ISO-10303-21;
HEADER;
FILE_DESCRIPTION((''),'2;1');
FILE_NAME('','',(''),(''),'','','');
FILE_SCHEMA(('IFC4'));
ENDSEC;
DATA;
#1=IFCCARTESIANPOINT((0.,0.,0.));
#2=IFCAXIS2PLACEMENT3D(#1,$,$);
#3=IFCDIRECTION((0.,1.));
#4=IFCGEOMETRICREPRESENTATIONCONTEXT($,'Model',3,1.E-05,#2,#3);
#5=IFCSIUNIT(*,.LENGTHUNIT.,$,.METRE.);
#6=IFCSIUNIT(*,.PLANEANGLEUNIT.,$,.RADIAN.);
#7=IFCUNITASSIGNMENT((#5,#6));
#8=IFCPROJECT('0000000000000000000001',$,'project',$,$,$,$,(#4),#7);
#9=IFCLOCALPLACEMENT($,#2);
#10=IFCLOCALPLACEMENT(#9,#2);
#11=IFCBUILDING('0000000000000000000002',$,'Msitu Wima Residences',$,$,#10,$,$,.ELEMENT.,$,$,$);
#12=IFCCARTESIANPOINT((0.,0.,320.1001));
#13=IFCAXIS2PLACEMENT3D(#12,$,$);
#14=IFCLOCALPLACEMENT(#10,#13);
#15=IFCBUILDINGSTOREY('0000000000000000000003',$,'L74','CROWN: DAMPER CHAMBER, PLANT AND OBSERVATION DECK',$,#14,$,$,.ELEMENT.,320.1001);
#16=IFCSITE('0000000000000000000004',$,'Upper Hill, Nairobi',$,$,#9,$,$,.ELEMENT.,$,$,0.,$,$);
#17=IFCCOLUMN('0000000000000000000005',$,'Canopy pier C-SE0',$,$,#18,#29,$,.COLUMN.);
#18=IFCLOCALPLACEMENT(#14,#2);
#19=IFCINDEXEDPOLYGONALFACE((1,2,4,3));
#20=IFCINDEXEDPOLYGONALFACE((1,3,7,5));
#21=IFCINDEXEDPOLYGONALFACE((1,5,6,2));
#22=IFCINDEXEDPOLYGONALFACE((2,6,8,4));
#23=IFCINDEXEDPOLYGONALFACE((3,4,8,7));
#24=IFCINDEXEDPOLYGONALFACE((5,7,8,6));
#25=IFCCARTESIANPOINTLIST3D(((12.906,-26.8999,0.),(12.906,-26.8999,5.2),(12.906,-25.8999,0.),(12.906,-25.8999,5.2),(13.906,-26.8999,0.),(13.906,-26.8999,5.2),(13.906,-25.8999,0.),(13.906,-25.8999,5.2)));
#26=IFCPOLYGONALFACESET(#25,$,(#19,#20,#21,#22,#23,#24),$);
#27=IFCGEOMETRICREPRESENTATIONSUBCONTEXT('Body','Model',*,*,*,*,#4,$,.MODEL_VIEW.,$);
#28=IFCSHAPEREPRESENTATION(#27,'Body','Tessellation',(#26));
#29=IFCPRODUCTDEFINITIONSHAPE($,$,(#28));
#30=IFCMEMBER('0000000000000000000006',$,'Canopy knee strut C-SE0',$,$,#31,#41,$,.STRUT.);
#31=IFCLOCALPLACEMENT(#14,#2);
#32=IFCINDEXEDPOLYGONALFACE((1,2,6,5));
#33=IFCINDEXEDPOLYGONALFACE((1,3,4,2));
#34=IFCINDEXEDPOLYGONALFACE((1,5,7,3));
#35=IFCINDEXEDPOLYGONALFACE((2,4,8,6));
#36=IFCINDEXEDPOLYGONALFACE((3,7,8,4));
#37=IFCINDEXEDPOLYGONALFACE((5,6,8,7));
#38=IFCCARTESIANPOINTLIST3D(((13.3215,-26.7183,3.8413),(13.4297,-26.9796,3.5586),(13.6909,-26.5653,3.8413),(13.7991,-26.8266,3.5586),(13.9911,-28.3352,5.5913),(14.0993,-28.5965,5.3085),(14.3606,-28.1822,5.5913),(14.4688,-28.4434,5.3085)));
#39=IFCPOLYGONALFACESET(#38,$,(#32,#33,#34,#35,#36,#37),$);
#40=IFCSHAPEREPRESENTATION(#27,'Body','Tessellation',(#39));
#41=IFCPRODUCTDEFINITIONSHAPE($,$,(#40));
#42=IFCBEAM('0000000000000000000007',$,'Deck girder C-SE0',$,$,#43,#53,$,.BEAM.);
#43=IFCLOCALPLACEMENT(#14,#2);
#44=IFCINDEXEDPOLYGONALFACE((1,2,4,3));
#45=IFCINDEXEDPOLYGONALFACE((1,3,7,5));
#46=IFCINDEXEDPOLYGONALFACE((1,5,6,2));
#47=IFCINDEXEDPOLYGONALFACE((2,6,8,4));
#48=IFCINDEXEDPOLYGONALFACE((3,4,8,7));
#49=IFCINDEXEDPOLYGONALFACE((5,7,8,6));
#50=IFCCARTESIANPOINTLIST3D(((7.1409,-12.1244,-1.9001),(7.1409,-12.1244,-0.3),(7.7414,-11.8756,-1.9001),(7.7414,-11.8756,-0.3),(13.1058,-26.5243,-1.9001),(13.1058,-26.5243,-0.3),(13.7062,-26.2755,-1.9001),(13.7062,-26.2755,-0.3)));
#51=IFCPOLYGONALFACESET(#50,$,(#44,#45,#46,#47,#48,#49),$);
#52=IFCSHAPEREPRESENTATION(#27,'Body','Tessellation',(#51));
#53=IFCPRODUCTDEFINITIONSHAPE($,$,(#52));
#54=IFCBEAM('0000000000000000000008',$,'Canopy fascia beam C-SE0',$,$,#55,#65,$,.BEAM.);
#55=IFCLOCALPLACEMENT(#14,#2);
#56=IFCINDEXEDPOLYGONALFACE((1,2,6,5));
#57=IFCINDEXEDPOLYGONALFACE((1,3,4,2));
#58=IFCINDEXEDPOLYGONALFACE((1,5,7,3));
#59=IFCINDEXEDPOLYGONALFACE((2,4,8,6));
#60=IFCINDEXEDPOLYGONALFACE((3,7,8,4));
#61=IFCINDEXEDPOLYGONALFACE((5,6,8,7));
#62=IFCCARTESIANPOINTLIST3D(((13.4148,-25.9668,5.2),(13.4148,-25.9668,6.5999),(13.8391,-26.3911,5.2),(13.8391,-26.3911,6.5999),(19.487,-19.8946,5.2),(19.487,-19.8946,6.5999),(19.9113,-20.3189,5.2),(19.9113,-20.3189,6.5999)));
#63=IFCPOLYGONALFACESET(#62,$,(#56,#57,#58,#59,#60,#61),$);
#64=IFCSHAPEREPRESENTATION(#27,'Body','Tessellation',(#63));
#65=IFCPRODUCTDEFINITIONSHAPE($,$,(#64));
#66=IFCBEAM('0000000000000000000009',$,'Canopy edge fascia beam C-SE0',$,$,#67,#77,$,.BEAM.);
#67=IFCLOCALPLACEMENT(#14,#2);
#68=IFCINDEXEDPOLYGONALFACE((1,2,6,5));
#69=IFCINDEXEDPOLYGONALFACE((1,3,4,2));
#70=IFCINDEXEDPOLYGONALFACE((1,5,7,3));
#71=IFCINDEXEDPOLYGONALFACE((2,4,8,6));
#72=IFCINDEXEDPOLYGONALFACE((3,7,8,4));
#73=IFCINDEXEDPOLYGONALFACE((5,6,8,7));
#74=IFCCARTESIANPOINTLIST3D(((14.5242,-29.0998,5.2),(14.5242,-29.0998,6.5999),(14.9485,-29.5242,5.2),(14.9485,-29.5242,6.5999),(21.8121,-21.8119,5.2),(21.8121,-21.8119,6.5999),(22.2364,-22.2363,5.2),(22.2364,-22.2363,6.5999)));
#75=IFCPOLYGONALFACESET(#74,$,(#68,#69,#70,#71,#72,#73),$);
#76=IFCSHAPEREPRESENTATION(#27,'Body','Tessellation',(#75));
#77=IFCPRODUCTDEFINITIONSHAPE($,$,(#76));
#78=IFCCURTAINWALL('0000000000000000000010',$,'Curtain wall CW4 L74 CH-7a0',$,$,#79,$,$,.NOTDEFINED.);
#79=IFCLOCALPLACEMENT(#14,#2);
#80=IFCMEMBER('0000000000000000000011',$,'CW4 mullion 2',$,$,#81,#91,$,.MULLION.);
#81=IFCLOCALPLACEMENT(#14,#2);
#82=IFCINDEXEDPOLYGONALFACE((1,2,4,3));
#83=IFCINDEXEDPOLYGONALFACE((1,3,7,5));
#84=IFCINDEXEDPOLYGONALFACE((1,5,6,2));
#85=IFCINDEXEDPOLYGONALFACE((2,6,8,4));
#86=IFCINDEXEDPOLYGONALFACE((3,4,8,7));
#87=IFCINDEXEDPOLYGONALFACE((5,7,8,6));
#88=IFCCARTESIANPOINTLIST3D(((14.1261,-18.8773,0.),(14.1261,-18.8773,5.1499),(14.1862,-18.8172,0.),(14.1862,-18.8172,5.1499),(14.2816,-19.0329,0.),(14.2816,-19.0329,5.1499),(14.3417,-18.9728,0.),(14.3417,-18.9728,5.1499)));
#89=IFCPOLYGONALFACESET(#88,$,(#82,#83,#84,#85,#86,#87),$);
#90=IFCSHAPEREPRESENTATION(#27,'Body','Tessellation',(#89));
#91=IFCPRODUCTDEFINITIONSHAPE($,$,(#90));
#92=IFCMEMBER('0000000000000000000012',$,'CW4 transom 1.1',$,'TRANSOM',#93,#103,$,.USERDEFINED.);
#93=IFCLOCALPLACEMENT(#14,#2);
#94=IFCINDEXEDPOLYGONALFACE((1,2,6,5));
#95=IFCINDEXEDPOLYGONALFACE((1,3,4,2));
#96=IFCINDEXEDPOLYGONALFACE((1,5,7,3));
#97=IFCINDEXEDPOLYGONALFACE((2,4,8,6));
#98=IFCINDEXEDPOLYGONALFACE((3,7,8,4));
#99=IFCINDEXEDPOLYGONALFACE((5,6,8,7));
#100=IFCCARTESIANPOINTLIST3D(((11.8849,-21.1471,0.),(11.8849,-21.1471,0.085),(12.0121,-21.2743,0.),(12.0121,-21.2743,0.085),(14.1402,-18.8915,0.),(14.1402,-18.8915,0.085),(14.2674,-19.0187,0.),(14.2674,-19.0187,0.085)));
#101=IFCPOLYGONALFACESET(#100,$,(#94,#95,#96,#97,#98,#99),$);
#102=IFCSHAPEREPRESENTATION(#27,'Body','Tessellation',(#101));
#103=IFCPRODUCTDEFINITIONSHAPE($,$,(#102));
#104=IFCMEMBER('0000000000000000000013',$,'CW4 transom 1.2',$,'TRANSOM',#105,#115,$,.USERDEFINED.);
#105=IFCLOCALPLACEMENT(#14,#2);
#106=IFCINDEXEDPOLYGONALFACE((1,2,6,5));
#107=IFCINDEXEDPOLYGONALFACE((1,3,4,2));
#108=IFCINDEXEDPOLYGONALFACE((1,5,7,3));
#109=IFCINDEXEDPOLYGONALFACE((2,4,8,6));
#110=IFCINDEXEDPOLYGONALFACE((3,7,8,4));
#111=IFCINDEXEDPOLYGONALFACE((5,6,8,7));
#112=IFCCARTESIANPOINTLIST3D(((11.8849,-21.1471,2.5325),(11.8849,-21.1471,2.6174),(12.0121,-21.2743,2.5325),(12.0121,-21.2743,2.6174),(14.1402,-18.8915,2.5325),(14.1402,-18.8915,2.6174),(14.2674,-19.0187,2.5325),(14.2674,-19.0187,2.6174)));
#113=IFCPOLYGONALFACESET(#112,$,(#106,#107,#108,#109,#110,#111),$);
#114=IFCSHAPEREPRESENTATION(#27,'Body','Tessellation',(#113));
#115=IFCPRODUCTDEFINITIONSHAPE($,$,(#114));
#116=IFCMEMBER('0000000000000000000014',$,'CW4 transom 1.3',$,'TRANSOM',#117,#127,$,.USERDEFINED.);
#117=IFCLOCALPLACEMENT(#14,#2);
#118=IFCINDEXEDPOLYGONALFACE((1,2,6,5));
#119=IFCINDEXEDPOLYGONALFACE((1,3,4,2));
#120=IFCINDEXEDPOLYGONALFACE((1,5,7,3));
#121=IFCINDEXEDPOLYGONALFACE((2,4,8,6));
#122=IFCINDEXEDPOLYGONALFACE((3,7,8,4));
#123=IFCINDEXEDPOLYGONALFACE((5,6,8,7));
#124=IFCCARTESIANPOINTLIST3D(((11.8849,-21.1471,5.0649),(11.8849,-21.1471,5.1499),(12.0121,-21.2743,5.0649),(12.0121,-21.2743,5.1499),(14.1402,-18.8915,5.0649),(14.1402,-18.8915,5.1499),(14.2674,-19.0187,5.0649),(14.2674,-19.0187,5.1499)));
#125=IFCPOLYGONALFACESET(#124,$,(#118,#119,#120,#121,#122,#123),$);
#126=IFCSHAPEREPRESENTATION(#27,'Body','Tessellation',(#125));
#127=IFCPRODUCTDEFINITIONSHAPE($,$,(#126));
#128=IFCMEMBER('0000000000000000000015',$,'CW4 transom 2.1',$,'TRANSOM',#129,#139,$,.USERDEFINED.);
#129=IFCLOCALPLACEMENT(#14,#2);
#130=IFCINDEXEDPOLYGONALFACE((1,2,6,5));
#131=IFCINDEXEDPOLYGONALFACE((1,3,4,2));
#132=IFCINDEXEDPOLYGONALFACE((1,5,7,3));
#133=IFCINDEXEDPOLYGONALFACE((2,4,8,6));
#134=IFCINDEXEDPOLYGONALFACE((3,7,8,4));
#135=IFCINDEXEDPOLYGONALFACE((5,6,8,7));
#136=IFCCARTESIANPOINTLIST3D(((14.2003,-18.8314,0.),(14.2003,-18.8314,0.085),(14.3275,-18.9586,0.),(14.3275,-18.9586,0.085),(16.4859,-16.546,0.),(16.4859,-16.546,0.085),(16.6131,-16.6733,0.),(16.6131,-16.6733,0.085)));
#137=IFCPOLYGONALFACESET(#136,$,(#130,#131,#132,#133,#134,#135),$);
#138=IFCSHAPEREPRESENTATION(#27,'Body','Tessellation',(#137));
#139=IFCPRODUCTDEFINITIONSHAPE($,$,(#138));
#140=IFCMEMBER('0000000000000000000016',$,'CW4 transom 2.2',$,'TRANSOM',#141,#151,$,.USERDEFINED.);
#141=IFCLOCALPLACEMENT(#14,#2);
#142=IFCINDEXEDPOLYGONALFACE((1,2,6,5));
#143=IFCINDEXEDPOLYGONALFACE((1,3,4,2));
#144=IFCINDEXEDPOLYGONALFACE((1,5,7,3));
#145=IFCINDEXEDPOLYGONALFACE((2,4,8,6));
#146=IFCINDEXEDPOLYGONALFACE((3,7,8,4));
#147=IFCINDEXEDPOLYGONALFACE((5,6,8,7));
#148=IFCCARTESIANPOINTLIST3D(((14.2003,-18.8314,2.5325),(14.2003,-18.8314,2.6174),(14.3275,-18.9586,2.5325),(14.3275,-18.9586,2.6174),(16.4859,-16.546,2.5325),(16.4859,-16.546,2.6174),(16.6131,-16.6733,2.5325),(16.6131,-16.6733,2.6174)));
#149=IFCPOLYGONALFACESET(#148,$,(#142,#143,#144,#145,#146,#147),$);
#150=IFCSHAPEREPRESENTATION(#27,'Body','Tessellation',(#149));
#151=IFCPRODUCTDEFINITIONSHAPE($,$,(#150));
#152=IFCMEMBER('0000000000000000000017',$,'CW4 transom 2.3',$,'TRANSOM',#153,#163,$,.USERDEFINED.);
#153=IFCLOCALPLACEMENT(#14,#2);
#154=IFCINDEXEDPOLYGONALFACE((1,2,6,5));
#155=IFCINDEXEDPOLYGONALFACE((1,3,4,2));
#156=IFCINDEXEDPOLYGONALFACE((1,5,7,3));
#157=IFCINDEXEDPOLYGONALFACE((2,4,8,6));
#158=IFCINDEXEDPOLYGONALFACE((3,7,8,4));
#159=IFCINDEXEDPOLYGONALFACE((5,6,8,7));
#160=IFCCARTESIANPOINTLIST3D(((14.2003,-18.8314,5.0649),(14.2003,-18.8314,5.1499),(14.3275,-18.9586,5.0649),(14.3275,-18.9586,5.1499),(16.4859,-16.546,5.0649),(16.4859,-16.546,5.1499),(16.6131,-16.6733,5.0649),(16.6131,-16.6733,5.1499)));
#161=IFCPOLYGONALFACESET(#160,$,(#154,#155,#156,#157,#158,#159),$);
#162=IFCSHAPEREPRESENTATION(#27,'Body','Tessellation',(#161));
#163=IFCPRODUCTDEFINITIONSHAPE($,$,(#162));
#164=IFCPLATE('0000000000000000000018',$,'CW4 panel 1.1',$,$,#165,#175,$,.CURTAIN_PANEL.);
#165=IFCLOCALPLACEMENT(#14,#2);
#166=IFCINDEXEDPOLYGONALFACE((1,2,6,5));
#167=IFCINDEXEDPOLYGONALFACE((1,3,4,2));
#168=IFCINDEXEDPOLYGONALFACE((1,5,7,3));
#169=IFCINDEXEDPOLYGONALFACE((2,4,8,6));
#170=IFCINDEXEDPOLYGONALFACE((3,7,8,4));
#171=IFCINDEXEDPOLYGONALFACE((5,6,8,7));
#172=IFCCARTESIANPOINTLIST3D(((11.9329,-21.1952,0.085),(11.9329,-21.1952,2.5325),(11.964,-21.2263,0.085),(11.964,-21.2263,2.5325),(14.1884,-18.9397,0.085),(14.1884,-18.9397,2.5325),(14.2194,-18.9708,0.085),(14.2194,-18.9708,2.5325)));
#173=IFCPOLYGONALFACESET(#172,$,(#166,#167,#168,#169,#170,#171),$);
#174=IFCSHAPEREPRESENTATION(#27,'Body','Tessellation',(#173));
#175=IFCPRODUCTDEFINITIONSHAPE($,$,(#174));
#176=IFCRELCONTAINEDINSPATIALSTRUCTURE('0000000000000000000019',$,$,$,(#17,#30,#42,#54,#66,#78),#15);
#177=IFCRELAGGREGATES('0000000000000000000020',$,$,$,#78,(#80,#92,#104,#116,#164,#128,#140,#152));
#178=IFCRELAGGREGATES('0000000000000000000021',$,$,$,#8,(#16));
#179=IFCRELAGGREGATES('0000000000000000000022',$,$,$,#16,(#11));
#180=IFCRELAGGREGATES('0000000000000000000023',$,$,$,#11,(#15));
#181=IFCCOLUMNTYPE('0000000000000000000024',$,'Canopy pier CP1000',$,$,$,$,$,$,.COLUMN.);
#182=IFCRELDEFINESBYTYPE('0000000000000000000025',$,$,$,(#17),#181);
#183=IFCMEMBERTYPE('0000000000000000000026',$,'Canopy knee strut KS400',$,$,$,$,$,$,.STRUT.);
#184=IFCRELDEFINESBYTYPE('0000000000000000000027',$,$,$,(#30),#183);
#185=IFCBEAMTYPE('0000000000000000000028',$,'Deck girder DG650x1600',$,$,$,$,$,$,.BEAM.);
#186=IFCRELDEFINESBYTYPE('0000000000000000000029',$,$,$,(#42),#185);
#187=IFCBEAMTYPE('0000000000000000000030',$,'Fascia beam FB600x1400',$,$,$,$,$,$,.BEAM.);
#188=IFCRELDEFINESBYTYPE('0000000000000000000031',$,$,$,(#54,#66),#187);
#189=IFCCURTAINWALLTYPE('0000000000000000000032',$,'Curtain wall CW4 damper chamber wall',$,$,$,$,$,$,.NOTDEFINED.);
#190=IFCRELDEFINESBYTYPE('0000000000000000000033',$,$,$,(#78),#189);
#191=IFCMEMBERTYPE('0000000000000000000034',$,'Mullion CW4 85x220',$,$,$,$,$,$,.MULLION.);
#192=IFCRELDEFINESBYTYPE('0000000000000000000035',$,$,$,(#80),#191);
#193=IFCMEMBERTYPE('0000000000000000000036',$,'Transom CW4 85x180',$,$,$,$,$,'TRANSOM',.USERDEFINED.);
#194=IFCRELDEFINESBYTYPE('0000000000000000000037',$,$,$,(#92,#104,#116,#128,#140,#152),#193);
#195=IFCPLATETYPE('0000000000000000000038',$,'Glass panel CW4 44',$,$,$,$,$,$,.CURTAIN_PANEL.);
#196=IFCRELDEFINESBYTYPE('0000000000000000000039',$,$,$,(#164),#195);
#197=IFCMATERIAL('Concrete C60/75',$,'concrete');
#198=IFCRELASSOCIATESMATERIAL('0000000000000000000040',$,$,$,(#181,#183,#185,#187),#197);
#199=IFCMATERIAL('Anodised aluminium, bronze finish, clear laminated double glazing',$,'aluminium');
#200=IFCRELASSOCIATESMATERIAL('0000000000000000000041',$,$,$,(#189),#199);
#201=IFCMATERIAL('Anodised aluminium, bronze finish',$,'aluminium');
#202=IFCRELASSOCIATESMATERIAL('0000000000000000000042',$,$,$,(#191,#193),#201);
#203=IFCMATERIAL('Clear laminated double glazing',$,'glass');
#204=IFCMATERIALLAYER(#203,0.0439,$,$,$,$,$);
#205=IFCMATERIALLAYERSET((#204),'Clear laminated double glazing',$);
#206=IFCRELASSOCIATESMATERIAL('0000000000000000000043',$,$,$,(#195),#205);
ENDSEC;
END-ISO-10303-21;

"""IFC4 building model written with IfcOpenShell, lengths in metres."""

from ifc_helpers import new_model, si_unit, direction, frame, origin, origin_2d, place, context, subcontext, project, spatial, rectangle, extrude, material, layer, layer_set, material_profile, profile_set, type_object, element, aggregate, save


model = new_model("IFC4")

# Units and contexts
model_context = context("Model", 3, precision=1e-05, world=origin(), true_north=direction((0.0, 1.0)))
body_context = subcontext(model_context, "Body", "Model", "MODEL_VIEW")
ifc_project = project(units=[si_unit("LENGTHUNIT", "METRE"), si_unit("PLANEANGLEUNIT", "RADIAN")], contexts=[model_context])

# Site, building, storey
site_placement = place(None, origin())
site = spatial("IfcSite", under=ifc_project, at=site_placement, Name="Upper Hill, Nairobi", CompositionType="ELEMENT", RefElevation=0.0)
building_placement = place(site_placement, origin())
building = spatial("IfcBuilding", under=site, at=building_placement, Name="Msitu Wima Residences", CompositionType="ELEMENT")
storey_placement = place(building_placement, frame((0.0, 0.0, 320.1001)))
storey = spatial("IfcBuildingStorey", under=building, at=storey_placement, Name="L74", Description="CROWN: DAMPER CHAMBER, PLANT AND OBSERVATION DECK", CompositionType="ELEMENT", Elevation=320.1001)

# Column
ifc_material_1 = material(Name="Concrete C60/75", Category="concrete")
ifc_material_profile_1 = material_profile(ifc_material_1, rectangle(XDim=1.0, YDim=1.0, at=origin_2d()), Name="RC 1000x1000")
ifc_profile_set_1 = profile_set([ifc_material_profile_1], Name="Concrete C60/75")
column_type = type_object("IfcColumnType", Name="Canopy pier CP1000", PredefinedType="COLUMN", material=ifc_profile_set_1)
column_placement = place(storey_placement, frame((13.406, -26.3999, 0.0), z_axis=(0.0, 0.0, 1.0), x_axis=(1.0, 0.0, 0.0)))
element("IfcColumn", 1, at=column_placement, inside=storey, type_object=column_type, Name="Canopy pier C-SE0", PredefinedType="COLUMN", context=body_context, shape_type="SweptSolid", body=[
    extrude(rectangle(XDim=1.0, YDim=1.0, at=origin_2d()), origin(), (0.0, 0.0, 1.0), 5.2),
])

# Member
ifc_material_profile_2 = material_profile(ifc_material_1, rectangle(XDim=0.3999, YDim=0.3999, at=origin_2d()), Name="RC 400x400")
ifc_profile_set_2 = profile_set([ifc_material_profile_2], Name="Concrete C60/75")
member_type_1 = type_object("IfcMemberType", Name="Canopy knee strut KS400", PredefinedType="STRUT", material=ifc_profile_set_2)
member_1_placement = place(storey_placement, frame((13.5603, -26.7725, 3.7), z_axis=(0.27058, -0.653318, 0.707079), x_axis=(0.923896, 0.382643, 0.0)))
element("IfcMember", 2, at=member_1_placement, inside=storey, type_object=member_type_1, Name="Canopy knee strut C-SE0", PredefinedType="STRUT", context=body_context, shape_type="SweptSolid", body=[
    extrude(rectangle(XDim=0.3999, YDim=0.3999, at=origin_2d()), origin(), (0.0, 0.0, 1.0), 2.4749),
])

# Beams
ifc_material_profile_3 = material_profile(ifc_material_1, rectangle(XDim=0.6499, YDim=1.6001, at=origin_2d()), Name="RC 650x1600")
ifc_profile_set_3 = profile_set([ifc_material_profile_3], Name="Concrete C60/75")
beam_type_1 = type_object("IfcBeamType", Name="Deck girder DG650x1600", PredefinedType="BEAM", material=ifc_profile_set_3)
beam_1_placement = place(storey_placement, frame((13.406, -26.3999, -1.1001), z_axis=(-0.382695, 0.923875, 0.0), x_axis=(-0.923875, -0.382695, 0.0)))
element("IfcBeam", 3, at=beam_1_placement, inside=storey, type_object=beam_type_1, Name="Deck girder C-SE0", PredefinedType="BEAM", context=body_context, shape_type="SweptSolid", body=[
    extrude(rectangle(XDim=0.6499, YDim=1.6001, at=origin_2d()), origin(), (0.0, 0.0, 1.0), 15.5864),
])
ifc_material_profile_4 = material_profile(ifc_material_1, rectangle(XDim=0.6001, YDim=1.3999, at=origin_2d()), Name="RC 600x1400")
ifc_profile_set_4 = profile_set([ifc_material_profile_4], Name="Concrete C60/75")
beam_type_2 = type_object("IfcBeamType", Name="Fascia beam FB600x1400", PredefinedType="BEAM", material=ifc_profile_set_4)
beam_2_placement = place(storey_placement, frame((13.627, -26.179, 5.8999), z_axis=(0.707107, 0.707107, 0.0), x_axis=(-0.707107, 0.707107, 0.0)))
element("IfcBeam", 4, at=beam_2_placement, inside=storey, type_object=beam_type_2, Name="Canopy fascia beam C-SE0", PredefinedType="BEAM", context=body_context, shape_type="SweptSolid", body=[
    extrude(rectangle(XDim=0.6001, YDim=1.3999, at=origin_2d()), origin(), (0.0, 0.0, 1.0), 8.5874),
])
beam_3_placement = place(storey_placement, frame((14.7363, -29.312, 5.8999), z_axis=(0.707107, 0.707107, 0.0), x_axis=(-0.707107, 0.707107, 0.0)))
element("IfcBeam", 5, at=beam_3_placement, inside=storey, type_object=beam_type_2, Name="Canopy edge fascia beam C-SE0", PredefinedType="BEAM", context=body_context, shape_type="SweptSolid", body=[
    extrude(rectangle(XDim=0.6001, YDim=1.3999, at=origin_2d()), origin(), (0.0, 0.0, 1.0), 10.3066),
])

# Curtain wall, members, plate
ifc_material_2 = material(Name="Anodised aluminium, bronze finish, clear laminated double glazing", Category="aluminium")
curtain_wall_type = type_object("IfcCurtainWallType", Name="Curtain wall CW4 damper chamber wall", PredefinedType="NOTDEFINED", material=ifc_material_2)
curtain_wall_placement = place(storey_placement, origin())
curtain_wall = element("IfcCurtainWall", 6, at=curtain_wall_placement, inside=storey, type_object=curtain_wall_type, Name="Curtain wall CW4 L74 CH-7a0", PredefinedType="NOTDEFINED")
ifc_material_3 = material(Name="Anodised aluminium, bronze finish", Category="aluminium")
ifc_material_profile_5 = material_profile(ifc_material_3, rectangle(XDim=0.22, YDim=0.085, at=origin_2d()), Name="Mullion 85x220")
ifc_profile_set_5 = profile_set([ifc_material_profile_5], Name="Anodised aluminium, bronze finish")
member_type_2 = type_object("IfcMemberType", Name="Mullion CW4 85x220", PredefinedType="MULLION", material=ifc_profile_set_5)
member_2_placement = place(storey_placement, frame((14.2339, -18.925, 0.0), z_axis=(0.0, 0.0, 1.0), x_axis=(-0.707107, 0.707107, 0.0)))
member_2 = element("IfcMember", 7, at=member_2_placement, type_object=member_type_2, Name="CW4 mullion 2", PredefinedType="MULLION", context=body_context, shape_type="SweptSolid", body=[
    extrude(rectangle(XDim=0.22, YDim=0.085, at=origin_2d()), origin(), (0.0, 0.0, 1.0), 5.1499),
])
ifc_material_profile_6 = material_profile(ifc_material_3, rectangle(XDim=0.1799, YDim=0.085, at=origin_2d()), Name="Transom 85x180")
ifc_profile_set_6 = profile_set([ifc_material_profile_6], Name="Anodised aluminium, bronze finish")
member_type_3 = type_object("IfcMemberType", Name="Transom CW4 85x180", ElementType="TRANSOM", PredefinedType="USERDEFINED", material=ifc_profile_set_6)
member_3_placement = place(storey_placement, frame((11.9485, -21.2107, 0.0425), z_axis=(0.707069, 0.707145, 0.0), x_axis=(-0.707145, 0.707069, 0.0)))
member_3 = element("IfcMember", 8, at=member_3_placement, type_object=member_type_3, Name="CW4 transom 1.1", ObjectType="TRANSOM", PredefinedType="USERDEFINED", context=body_context, shape_type="SweptSolid", body=[
    extrude(rectangle(XDim=0.1799, YDim=0.085, at=origin_2d()), origin(), (0.0, 0.0, 1.0), 3.1897),
])
member_4_placement = place(storey_placement, frame((11.9485, -21.2107, 2.575), z_axis=(0.707069, 0.707145, 0.0), x_axis=(-0.707145, 0.707069, 0.0)))
member_4 = element("IfcMember", 9, at=member_4_placement, type_object=member_type_3, Name="CW4 transom 1.2", ObjectType="TRANSOM", PredefinedType="USERDEFINED", context=body_context, shape_type="SweptSolid", body=[
    extrude(rectangle(XDim=0.1799, YDim=0.085, at=origin_2d()), origin(), (0.0, 0.0, 1.0), 3.1897),
])
member_5_placement = place(storey_placement, frame((11.9485, -21.2107, 5.1074), z_axis=(0.707069, 0.707145, 0.0), x_axis=(-0.707145, 0.707069, 0.0)))
member_5 = element("IfcMember", 10, at=member_5_placement, type_object=member_type_3, Name="CW4 transom 1.3", ObjectType="TRANSOM", PredefinedType="USERDEFINED", context=body_context, shape_type="SweptSolid", body=[
    extrude(rectangle(XDim=0.1799, YDim=0.085, at=origin_2d()), origin(), (0.0, 0.0, 1.0), 3.1897),
])
member_6_placement = place(storey_placement, frame((14.2639, -18.895, 0.0425), z_axis=(0.707145, 0.707069, 0.0), x_axis=(-0.707069, 0.707145, 0.0)))
member_6 = element("IfcMember", 11, at=member_6_placement, type_object=member_type_3, Name="CW4 transom 2.1", ObjectType="TRANSOM", PredefinedType="USERDEFINED", context=body_context, shape_type="SweptSolid", body=[
    extrude(rectangle(XDim=0.1799, YDim=0.085, at=origin_2d()), origin(), (0.0, 0.0, 1.0), 3.2322),
])
member_7_placement = place(storey_placement, frame((14.2639, -18.895, 2.575), z_axis=(0.707145, 0.707069, 0.0), x_axis=(-0.707069, 0.707145, 0.0)))
member_7 = element("IfcMember", 12, at=member_7_placement, type_object=member_type_3, Name="CW4 transom 2.2", ObjectType="TRANSOM", PredefinedType="USERDEFINED", context=body_context, shape_type="SweptSolid", body=[
    extrude(rectangle(XDim=0.1799, YDim=0.085, at=origin_2d()), origin(), (0.0, 0.0, 1.0), 3.2322),
])
member_8_placement = place(storey_placement, frame((14.2639, -18.895, 5.1074), z_axis=(0.707145, 0.707069, 0.0), x_axis=(-0.707069, 0.707145, 0.0)))
member_8 = element("IfcMember", 13, at=member_8_placement, type_object=member_type_3, Name="CW4 transom 2.3", ObjectType="TRANSOM", PredefinedType="USERDEFINED", context=body_context, shape_type="SweptSolid", body=[
    extrude(rectangle(XDim=0.1799, YDim=0.085, at=origin_2d()), origin(), (0.0, 0.0, 1.0), 3.2322),
])
ifc_material_4 = material(Name="Clear laminated double glazing", Category="glass")
ifc_layer_1 = layer(ifc_material_4, 0.0439)
ifc_layer_set_1 = layer_set([ifc_layer_1], Name="Clear laminated double glazing")
plate_type = type_object("IfcPlateType", Name="Glass panel CW4 44", PredefinedType="CURTAIN_PANEL", material=ifc_layer_set_1)
plate_1_placement = place(storey_placement, frame((13.0762, -20.083, 0.085), z_axis=(0.0, 0.0, 1.0), x_axis=(0.707107, 0.707107, 0.0)))
plate_1 = element("IfcPlate", 14, at=plate_1_placement, type_object=plate_type, Name="CW4 panel 1.1", PredefinedType="CURTAIN_PANEL", context=body_context, shape_type="SweptSolid", body=[
    extrude(rectangle(XDim=3.1897, YDim=0.0439, at=origin_2d()), origin(), (0.0, 0.0, 1.0), 2.4475),
])
aggregate(curtain_wall, [member_2, member_3, member_4, member_5, plate_1, member_6, member_7, member_8])

save(model, "model.ifc")
